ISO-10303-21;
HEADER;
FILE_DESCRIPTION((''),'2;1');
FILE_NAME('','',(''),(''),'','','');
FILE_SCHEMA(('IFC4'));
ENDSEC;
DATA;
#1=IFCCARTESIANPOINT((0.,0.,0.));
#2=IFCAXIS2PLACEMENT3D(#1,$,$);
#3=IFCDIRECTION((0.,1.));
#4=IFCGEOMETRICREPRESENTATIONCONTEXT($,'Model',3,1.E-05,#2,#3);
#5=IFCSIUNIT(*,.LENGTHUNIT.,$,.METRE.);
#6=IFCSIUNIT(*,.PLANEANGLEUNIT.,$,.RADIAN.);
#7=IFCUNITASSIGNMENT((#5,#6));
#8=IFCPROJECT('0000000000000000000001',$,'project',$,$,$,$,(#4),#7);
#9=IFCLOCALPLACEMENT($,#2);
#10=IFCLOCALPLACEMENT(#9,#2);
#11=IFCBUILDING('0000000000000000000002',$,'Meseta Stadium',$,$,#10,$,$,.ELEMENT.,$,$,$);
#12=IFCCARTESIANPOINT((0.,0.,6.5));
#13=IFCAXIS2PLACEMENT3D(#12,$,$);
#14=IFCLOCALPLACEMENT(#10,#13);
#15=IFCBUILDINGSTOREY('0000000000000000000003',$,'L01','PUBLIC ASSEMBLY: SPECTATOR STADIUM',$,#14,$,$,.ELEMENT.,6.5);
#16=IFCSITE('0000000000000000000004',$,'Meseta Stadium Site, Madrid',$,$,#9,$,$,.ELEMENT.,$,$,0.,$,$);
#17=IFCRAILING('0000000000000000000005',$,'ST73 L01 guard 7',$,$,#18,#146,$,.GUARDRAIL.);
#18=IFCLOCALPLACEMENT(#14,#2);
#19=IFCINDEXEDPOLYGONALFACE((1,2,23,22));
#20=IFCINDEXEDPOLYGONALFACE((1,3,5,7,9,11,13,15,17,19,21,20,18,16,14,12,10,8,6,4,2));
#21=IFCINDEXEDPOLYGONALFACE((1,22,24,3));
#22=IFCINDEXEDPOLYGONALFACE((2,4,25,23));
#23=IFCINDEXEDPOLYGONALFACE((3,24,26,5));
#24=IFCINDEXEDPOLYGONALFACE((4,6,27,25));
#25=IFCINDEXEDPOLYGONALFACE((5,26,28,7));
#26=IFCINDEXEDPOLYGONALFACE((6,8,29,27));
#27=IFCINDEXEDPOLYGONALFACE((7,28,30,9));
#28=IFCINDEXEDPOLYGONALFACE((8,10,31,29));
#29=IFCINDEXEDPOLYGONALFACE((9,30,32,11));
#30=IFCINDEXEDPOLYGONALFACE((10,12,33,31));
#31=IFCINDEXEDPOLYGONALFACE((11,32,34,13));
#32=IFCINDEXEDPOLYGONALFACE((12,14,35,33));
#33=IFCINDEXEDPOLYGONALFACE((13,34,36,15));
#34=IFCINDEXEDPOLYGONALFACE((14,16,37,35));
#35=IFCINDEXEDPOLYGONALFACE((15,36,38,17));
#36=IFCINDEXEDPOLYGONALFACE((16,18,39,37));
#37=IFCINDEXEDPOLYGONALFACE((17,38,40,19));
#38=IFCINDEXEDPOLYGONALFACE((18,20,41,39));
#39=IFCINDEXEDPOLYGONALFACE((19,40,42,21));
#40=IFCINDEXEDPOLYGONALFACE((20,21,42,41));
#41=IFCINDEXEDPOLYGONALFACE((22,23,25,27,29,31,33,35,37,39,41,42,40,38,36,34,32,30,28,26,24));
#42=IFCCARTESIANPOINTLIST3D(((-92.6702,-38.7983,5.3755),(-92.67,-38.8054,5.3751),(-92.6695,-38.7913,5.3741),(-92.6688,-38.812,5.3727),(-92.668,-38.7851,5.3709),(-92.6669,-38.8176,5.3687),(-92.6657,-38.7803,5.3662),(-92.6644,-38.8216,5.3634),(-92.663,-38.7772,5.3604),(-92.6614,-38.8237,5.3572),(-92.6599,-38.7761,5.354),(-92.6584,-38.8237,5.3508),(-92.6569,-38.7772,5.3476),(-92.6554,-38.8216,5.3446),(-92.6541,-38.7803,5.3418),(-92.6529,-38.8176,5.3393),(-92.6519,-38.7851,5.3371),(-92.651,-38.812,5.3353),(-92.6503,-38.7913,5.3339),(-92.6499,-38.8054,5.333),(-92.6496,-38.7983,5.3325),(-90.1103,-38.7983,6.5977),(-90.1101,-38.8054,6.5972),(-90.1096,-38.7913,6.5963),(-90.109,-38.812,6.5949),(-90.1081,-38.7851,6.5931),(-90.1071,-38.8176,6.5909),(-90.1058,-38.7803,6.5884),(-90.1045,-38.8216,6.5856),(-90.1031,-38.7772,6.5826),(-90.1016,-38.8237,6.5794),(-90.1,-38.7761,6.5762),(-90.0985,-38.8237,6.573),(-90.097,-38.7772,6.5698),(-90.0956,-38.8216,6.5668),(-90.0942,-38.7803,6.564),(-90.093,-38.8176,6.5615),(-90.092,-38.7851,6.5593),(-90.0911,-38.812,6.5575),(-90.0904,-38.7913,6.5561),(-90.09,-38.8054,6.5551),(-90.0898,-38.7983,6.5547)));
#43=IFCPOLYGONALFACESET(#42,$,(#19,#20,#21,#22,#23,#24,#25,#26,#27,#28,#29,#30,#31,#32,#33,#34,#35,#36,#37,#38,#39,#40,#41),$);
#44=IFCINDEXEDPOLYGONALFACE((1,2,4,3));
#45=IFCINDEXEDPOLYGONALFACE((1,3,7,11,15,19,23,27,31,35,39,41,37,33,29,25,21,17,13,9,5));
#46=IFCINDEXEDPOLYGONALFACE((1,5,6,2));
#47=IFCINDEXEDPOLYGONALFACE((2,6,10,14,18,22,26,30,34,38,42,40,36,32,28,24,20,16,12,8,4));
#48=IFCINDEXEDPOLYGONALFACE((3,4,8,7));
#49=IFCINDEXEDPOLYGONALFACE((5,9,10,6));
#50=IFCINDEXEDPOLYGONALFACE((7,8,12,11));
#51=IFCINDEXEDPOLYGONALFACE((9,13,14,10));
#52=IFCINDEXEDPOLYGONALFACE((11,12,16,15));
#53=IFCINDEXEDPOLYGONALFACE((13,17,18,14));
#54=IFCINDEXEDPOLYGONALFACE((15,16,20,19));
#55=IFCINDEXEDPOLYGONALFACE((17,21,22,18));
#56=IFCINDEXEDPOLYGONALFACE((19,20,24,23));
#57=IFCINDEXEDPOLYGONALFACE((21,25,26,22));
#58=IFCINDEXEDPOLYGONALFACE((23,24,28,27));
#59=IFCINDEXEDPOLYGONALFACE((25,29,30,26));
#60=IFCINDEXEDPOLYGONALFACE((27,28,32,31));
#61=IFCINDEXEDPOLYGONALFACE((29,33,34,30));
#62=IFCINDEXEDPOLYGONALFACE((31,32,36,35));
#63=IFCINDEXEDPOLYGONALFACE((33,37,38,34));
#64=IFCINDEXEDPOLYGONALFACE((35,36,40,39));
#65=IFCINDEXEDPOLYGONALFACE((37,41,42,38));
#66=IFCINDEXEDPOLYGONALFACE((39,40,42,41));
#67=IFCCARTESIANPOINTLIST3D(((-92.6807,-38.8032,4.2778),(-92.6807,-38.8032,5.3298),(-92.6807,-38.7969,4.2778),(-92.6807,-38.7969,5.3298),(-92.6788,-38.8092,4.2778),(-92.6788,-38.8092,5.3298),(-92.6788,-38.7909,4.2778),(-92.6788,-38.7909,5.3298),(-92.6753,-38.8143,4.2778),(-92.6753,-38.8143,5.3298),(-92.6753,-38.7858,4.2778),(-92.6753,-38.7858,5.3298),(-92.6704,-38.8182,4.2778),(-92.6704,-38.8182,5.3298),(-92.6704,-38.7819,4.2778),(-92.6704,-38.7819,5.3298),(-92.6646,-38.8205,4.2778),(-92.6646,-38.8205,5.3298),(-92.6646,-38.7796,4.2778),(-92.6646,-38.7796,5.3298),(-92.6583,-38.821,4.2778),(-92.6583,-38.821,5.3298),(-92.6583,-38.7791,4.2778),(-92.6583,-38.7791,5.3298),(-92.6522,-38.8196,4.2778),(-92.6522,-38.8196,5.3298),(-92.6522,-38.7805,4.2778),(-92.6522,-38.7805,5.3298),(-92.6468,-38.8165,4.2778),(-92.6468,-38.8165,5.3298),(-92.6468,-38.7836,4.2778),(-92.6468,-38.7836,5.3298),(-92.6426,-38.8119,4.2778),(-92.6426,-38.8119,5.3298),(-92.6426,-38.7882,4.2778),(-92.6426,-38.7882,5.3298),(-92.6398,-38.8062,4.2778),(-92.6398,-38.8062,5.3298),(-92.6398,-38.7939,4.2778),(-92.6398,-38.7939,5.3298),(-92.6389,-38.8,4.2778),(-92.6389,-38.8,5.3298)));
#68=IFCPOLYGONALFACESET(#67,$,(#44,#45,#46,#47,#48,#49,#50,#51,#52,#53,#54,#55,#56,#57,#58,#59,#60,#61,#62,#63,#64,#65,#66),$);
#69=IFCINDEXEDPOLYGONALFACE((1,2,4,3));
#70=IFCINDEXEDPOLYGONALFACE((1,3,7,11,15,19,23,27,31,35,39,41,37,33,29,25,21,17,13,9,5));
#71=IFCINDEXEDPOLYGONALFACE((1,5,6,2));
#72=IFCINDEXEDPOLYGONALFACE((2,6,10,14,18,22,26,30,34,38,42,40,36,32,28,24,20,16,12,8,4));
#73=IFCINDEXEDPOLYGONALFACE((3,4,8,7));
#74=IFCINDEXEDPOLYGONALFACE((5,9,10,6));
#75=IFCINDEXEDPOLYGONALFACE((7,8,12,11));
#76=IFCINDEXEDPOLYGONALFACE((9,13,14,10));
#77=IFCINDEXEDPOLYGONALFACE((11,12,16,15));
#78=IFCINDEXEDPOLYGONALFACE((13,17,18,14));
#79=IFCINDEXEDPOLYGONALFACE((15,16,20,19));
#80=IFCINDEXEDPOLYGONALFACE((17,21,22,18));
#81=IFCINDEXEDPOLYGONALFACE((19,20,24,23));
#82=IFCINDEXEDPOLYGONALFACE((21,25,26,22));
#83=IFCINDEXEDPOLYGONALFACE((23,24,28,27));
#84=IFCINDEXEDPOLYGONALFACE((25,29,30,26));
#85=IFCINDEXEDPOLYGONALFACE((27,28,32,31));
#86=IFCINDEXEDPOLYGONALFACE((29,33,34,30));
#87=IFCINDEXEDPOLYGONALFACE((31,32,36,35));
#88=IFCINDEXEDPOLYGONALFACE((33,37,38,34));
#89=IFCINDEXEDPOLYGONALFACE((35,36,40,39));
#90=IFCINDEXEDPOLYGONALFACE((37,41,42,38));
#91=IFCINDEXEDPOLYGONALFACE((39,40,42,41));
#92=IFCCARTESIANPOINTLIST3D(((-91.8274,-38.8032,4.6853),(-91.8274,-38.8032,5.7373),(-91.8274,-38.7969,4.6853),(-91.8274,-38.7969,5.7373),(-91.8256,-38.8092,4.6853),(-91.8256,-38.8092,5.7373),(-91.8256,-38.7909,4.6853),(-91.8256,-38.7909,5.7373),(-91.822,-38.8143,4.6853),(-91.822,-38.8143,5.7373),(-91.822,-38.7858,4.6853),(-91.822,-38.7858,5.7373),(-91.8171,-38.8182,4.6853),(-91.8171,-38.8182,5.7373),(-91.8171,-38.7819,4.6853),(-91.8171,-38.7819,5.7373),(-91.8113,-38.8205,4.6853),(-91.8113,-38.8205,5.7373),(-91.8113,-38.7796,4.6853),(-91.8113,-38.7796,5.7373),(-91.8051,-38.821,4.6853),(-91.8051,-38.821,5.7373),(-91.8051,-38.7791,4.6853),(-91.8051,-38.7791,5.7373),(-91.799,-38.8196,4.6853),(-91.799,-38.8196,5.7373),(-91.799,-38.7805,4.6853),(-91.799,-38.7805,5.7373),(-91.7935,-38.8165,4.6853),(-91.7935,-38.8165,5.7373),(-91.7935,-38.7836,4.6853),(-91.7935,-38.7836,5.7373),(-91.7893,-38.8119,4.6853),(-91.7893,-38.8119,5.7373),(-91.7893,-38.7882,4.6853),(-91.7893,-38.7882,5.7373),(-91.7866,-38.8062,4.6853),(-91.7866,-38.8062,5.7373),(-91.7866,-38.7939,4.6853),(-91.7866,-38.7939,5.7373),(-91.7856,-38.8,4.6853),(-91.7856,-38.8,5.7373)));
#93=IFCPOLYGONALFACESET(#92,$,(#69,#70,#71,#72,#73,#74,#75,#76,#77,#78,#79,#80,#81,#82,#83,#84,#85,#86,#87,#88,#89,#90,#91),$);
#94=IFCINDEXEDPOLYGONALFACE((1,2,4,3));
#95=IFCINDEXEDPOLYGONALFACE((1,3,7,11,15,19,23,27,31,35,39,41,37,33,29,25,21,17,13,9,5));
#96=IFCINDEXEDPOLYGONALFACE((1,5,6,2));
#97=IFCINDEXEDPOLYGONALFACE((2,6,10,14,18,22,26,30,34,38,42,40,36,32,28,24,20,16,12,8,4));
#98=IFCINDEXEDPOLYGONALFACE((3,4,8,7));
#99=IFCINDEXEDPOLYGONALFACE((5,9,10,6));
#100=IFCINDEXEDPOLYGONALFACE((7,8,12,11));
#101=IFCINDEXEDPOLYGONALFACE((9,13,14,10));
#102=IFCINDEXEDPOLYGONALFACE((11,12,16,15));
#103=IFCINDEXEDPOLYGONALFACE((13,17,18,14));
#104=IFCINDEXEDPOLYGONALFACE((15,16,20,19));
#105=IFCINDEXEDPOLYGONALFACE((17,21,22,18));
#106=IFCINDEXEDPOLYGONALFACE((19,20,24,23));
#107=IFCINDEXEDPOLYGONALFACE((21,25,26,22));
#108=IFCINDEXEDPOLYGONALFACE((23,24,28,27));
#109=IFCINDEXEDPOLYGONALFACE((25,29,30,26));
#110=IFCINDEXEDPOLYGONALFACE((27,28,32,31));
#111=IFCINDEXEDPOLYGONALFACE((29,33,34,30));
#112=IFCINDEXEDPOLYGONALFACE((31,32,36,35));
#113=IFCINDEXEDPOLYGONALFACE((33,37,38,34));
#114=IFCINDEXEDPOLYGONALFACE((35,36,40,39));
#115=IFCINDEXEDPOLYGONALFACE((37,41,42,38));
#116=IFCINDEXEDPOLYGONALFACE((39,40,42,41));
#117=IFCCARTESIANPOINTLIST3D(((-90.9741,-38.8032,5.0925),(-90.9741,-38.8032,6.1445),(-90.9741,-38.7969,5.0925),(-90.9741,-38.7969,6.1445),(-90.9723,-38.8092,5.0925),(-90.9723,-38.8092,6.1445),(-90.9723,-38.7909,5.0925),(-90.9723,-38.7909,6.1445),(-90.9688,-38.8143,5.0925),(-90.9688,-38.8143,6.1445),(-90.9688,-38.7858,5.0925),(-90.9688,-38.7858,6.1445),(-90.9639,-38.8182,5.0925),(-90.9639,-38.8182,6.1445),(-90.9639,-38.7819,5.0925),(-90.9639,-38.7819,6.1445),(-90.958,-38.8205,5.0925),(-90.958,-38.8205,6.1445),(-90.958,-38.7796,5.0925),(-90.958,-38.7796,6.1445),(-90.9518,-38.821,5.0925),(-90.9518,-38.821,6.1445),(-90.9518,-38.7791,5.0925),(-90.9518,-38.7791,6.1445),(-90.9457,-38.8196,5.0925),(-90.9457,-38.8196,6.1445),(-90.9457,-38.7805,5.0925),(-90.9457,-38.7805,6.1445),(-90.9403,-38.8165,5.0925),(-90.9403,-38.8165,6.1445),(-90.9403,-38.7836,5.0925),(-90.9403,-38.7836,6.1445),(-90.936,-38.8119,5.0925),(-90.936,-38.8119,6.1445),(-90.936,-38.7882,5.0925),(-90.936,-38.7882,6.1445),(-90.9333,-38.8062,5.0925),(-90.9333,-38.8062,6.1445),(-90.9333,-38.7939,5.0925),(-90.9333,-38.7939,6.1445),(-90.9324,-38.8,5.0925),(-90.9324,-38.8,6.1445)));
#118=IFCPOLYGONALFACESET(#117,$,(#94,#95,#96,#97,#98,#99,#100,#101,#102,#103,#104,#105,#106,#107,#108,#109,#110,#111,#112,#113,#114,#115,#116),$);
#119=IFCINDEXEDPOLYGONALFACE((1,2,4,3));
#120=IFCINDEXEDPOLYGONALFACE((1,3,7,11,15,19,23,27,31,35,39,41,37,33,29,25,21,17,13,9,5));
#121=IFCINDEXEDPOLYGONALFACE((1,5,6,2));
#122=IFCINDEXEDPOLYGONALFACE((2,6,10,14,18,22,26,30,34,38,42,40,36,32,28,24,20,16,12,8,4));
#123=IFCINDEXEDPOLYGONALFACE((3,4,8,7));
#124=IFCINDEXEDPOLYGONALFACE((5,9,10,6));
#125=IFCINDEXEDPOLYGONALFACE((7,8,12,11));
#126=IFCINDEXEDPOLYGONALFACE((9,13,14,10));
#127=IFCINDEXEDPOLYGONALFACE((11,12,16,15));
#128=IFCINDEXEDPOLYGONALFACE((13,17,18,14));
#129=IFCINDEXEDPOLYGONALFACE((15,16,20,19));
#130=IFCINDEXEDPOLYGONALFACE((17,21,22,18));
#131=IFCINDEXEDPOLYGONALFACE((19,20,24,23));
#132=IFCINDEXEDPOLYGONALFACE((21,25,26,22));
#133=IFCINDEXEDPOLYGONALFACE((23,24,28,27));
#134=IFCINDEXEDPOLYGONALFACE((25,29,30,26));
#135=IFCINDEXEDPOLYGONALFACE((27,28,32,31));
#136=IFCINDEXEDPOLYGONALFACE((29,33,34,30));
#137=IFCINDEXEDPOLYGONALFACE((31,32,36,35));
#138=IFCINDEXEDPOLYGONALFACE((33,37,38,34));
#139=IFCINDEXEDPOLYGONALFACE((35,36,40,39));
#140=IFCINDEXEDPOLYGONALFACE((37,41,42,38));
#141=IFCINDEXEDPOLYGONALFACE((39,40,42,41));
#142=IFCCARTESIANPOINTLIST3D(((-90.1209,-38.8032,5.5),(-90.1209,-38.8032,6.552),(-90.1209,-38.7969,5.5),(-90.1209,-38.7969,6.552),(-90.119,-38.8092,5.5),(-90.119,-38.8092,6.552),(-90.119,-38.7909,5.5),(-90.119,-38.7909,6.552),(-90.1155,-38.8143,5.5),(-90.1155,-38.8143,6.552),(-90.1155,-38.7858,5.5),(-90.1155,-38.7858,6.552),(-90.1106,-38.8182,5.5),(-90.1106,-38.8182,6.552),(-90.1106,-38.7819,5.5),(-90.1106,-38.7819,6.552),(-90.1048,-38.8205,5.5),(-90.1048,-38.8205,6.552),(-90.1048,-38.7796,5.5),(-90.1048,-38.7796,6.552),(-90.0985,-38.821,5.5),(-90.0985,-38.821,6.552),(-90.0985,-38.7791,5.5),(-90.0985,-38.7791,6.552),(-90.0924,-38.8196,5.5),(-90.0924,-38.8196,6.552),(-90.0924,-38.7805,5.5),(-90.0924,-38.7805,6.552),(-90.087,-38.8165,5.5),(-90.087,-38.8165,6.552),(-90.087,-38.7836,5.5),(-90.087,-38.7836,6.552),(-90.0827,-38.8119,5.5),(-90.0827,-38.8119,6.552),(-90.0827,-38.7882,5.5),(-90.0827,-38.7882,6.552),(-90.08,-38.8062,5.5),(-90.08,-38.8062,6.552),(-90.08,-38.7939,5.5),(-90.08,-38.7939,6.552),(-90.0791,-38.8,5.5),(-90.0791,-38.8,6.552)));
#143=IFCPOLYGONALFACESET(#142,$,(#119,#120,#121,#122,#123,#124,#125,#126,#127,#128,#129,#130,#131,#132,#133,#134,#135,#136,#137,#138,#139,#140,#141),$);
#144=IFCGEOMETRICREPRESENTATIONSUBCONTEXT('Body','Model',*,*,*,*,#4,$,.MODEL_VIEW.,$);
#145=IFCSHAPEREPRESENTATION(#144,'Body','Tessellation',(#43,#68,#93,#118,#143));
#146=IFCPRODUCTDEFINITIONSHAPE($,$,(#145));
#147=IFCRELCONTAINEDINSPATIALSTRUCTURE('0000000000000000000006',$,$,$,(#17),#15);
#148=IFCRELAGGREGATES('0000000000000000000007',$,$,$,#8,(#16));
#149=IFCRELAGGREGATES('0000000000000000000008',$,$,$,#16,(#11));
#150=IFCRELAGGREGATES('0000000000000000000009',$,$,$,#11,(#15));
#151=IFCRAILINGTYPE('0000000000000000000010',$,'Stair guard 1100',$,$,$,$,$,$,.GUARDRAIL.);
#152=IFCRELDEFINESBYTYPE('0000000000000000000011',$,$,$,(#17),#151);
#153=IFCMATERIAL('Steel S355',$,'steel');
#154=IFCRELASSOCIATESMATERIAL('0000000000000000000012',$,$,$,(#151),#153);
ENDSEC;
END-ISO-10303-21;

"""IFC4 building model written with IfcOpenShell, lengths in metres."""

from ifc_helpers import new_model, si_unit, direction, frame, origin, origin_2d, place, context, subcontext, project, spatial, circle, extrude, material, type_object, element, save


model = new_model("IFC4")

# Units and contexts
model_context = context("Model", 3, precision=1e-05, world=origin(), true_north=direction((0.0, 1.0)))
body_context = subcontext(model_context, "Body", "Model", "MODEL_VIEW")
ifc_project = project(units=[si_unit("LENGTHUNIT", "METRE"), si_unit("PLANEANGLEUNIT", "RADIAN")], contexts=[model_context])

# Site, building, storey
site_placement = place(None, origin())
site = spatial("IfcSite", under=ifc_project, at=site_placement, Name="Meseta Stadium Site, Madrid", CompositionType="ELEMENT", RefElevation=0.0)
building_placement = place(site_placement, origin())
building = spatial("IfcBuilding", under=site, at=building_placement, Name="Meseta Stadium", CompositionType="ELEMENT")
storey_placement = place(building_placement, frame((0.0, 0.0, 6.5)))
storey = spatial("IfcBuildingStorey", under=building, at=storey_placement, Name="L01", Description="PUBLIC ASSEMBLY: SPECTATOR STADIUM", CompositionType="ELEMENT", Elevation=6.5)

# Railing
ifc_material_1 = material(Name="Steel S355", Category="steel")
railing_type_1 = type_object("IfcRailingType", Name="Stair guard 1100", PredefinedType="GUARDRAIL", material=ifc_material_1)
for number, where, name in (
    (1, (-92.6599, -38.8, 4.2778), "ST73 L01 guard 7"),
):
    element("IfcRailing", number, at=place(storey_placement, frame(where)), inside=storey, type_object=railing_type_1, Name=name, PredefinedType="GUARDRAIL", context=body_context, shape_type="SweptSolid", body=[
        extrude(circle(Radius=0.0239, at=origin_2d()), frame((0.0, 0.0, 1.0762), z_axis=(0.902421, 0.0, 0.430855), x_axis=(0.0, 1.0, 0.0)), (0.0, 0.0, 1.0), 2.8367),
        extrude(circle(Radius=0.021, at=origin_2d()), origin(), (0.0, 0.0, 1.0), 1.052),
        extrude(circle(Radius=0.021, at=origin_2d()), frame((0.8533, 0.0, 0.4075)), (0.0, 0.0, 1.0), 1.052),
        extrude(circle(Radius=0.021, at=origin_2d()), frame((1.7065, 0.0, 0.8147)), (0.0, 0.0, 1.0), 1.052),
        extrude(circle(Radius=0.021, at=origin_2d()), frame((2.5598, 0.0, 1.2222)), (0.0, 0.0, 1.0), 1.052),
    ])

save(model, "model.ifc")
